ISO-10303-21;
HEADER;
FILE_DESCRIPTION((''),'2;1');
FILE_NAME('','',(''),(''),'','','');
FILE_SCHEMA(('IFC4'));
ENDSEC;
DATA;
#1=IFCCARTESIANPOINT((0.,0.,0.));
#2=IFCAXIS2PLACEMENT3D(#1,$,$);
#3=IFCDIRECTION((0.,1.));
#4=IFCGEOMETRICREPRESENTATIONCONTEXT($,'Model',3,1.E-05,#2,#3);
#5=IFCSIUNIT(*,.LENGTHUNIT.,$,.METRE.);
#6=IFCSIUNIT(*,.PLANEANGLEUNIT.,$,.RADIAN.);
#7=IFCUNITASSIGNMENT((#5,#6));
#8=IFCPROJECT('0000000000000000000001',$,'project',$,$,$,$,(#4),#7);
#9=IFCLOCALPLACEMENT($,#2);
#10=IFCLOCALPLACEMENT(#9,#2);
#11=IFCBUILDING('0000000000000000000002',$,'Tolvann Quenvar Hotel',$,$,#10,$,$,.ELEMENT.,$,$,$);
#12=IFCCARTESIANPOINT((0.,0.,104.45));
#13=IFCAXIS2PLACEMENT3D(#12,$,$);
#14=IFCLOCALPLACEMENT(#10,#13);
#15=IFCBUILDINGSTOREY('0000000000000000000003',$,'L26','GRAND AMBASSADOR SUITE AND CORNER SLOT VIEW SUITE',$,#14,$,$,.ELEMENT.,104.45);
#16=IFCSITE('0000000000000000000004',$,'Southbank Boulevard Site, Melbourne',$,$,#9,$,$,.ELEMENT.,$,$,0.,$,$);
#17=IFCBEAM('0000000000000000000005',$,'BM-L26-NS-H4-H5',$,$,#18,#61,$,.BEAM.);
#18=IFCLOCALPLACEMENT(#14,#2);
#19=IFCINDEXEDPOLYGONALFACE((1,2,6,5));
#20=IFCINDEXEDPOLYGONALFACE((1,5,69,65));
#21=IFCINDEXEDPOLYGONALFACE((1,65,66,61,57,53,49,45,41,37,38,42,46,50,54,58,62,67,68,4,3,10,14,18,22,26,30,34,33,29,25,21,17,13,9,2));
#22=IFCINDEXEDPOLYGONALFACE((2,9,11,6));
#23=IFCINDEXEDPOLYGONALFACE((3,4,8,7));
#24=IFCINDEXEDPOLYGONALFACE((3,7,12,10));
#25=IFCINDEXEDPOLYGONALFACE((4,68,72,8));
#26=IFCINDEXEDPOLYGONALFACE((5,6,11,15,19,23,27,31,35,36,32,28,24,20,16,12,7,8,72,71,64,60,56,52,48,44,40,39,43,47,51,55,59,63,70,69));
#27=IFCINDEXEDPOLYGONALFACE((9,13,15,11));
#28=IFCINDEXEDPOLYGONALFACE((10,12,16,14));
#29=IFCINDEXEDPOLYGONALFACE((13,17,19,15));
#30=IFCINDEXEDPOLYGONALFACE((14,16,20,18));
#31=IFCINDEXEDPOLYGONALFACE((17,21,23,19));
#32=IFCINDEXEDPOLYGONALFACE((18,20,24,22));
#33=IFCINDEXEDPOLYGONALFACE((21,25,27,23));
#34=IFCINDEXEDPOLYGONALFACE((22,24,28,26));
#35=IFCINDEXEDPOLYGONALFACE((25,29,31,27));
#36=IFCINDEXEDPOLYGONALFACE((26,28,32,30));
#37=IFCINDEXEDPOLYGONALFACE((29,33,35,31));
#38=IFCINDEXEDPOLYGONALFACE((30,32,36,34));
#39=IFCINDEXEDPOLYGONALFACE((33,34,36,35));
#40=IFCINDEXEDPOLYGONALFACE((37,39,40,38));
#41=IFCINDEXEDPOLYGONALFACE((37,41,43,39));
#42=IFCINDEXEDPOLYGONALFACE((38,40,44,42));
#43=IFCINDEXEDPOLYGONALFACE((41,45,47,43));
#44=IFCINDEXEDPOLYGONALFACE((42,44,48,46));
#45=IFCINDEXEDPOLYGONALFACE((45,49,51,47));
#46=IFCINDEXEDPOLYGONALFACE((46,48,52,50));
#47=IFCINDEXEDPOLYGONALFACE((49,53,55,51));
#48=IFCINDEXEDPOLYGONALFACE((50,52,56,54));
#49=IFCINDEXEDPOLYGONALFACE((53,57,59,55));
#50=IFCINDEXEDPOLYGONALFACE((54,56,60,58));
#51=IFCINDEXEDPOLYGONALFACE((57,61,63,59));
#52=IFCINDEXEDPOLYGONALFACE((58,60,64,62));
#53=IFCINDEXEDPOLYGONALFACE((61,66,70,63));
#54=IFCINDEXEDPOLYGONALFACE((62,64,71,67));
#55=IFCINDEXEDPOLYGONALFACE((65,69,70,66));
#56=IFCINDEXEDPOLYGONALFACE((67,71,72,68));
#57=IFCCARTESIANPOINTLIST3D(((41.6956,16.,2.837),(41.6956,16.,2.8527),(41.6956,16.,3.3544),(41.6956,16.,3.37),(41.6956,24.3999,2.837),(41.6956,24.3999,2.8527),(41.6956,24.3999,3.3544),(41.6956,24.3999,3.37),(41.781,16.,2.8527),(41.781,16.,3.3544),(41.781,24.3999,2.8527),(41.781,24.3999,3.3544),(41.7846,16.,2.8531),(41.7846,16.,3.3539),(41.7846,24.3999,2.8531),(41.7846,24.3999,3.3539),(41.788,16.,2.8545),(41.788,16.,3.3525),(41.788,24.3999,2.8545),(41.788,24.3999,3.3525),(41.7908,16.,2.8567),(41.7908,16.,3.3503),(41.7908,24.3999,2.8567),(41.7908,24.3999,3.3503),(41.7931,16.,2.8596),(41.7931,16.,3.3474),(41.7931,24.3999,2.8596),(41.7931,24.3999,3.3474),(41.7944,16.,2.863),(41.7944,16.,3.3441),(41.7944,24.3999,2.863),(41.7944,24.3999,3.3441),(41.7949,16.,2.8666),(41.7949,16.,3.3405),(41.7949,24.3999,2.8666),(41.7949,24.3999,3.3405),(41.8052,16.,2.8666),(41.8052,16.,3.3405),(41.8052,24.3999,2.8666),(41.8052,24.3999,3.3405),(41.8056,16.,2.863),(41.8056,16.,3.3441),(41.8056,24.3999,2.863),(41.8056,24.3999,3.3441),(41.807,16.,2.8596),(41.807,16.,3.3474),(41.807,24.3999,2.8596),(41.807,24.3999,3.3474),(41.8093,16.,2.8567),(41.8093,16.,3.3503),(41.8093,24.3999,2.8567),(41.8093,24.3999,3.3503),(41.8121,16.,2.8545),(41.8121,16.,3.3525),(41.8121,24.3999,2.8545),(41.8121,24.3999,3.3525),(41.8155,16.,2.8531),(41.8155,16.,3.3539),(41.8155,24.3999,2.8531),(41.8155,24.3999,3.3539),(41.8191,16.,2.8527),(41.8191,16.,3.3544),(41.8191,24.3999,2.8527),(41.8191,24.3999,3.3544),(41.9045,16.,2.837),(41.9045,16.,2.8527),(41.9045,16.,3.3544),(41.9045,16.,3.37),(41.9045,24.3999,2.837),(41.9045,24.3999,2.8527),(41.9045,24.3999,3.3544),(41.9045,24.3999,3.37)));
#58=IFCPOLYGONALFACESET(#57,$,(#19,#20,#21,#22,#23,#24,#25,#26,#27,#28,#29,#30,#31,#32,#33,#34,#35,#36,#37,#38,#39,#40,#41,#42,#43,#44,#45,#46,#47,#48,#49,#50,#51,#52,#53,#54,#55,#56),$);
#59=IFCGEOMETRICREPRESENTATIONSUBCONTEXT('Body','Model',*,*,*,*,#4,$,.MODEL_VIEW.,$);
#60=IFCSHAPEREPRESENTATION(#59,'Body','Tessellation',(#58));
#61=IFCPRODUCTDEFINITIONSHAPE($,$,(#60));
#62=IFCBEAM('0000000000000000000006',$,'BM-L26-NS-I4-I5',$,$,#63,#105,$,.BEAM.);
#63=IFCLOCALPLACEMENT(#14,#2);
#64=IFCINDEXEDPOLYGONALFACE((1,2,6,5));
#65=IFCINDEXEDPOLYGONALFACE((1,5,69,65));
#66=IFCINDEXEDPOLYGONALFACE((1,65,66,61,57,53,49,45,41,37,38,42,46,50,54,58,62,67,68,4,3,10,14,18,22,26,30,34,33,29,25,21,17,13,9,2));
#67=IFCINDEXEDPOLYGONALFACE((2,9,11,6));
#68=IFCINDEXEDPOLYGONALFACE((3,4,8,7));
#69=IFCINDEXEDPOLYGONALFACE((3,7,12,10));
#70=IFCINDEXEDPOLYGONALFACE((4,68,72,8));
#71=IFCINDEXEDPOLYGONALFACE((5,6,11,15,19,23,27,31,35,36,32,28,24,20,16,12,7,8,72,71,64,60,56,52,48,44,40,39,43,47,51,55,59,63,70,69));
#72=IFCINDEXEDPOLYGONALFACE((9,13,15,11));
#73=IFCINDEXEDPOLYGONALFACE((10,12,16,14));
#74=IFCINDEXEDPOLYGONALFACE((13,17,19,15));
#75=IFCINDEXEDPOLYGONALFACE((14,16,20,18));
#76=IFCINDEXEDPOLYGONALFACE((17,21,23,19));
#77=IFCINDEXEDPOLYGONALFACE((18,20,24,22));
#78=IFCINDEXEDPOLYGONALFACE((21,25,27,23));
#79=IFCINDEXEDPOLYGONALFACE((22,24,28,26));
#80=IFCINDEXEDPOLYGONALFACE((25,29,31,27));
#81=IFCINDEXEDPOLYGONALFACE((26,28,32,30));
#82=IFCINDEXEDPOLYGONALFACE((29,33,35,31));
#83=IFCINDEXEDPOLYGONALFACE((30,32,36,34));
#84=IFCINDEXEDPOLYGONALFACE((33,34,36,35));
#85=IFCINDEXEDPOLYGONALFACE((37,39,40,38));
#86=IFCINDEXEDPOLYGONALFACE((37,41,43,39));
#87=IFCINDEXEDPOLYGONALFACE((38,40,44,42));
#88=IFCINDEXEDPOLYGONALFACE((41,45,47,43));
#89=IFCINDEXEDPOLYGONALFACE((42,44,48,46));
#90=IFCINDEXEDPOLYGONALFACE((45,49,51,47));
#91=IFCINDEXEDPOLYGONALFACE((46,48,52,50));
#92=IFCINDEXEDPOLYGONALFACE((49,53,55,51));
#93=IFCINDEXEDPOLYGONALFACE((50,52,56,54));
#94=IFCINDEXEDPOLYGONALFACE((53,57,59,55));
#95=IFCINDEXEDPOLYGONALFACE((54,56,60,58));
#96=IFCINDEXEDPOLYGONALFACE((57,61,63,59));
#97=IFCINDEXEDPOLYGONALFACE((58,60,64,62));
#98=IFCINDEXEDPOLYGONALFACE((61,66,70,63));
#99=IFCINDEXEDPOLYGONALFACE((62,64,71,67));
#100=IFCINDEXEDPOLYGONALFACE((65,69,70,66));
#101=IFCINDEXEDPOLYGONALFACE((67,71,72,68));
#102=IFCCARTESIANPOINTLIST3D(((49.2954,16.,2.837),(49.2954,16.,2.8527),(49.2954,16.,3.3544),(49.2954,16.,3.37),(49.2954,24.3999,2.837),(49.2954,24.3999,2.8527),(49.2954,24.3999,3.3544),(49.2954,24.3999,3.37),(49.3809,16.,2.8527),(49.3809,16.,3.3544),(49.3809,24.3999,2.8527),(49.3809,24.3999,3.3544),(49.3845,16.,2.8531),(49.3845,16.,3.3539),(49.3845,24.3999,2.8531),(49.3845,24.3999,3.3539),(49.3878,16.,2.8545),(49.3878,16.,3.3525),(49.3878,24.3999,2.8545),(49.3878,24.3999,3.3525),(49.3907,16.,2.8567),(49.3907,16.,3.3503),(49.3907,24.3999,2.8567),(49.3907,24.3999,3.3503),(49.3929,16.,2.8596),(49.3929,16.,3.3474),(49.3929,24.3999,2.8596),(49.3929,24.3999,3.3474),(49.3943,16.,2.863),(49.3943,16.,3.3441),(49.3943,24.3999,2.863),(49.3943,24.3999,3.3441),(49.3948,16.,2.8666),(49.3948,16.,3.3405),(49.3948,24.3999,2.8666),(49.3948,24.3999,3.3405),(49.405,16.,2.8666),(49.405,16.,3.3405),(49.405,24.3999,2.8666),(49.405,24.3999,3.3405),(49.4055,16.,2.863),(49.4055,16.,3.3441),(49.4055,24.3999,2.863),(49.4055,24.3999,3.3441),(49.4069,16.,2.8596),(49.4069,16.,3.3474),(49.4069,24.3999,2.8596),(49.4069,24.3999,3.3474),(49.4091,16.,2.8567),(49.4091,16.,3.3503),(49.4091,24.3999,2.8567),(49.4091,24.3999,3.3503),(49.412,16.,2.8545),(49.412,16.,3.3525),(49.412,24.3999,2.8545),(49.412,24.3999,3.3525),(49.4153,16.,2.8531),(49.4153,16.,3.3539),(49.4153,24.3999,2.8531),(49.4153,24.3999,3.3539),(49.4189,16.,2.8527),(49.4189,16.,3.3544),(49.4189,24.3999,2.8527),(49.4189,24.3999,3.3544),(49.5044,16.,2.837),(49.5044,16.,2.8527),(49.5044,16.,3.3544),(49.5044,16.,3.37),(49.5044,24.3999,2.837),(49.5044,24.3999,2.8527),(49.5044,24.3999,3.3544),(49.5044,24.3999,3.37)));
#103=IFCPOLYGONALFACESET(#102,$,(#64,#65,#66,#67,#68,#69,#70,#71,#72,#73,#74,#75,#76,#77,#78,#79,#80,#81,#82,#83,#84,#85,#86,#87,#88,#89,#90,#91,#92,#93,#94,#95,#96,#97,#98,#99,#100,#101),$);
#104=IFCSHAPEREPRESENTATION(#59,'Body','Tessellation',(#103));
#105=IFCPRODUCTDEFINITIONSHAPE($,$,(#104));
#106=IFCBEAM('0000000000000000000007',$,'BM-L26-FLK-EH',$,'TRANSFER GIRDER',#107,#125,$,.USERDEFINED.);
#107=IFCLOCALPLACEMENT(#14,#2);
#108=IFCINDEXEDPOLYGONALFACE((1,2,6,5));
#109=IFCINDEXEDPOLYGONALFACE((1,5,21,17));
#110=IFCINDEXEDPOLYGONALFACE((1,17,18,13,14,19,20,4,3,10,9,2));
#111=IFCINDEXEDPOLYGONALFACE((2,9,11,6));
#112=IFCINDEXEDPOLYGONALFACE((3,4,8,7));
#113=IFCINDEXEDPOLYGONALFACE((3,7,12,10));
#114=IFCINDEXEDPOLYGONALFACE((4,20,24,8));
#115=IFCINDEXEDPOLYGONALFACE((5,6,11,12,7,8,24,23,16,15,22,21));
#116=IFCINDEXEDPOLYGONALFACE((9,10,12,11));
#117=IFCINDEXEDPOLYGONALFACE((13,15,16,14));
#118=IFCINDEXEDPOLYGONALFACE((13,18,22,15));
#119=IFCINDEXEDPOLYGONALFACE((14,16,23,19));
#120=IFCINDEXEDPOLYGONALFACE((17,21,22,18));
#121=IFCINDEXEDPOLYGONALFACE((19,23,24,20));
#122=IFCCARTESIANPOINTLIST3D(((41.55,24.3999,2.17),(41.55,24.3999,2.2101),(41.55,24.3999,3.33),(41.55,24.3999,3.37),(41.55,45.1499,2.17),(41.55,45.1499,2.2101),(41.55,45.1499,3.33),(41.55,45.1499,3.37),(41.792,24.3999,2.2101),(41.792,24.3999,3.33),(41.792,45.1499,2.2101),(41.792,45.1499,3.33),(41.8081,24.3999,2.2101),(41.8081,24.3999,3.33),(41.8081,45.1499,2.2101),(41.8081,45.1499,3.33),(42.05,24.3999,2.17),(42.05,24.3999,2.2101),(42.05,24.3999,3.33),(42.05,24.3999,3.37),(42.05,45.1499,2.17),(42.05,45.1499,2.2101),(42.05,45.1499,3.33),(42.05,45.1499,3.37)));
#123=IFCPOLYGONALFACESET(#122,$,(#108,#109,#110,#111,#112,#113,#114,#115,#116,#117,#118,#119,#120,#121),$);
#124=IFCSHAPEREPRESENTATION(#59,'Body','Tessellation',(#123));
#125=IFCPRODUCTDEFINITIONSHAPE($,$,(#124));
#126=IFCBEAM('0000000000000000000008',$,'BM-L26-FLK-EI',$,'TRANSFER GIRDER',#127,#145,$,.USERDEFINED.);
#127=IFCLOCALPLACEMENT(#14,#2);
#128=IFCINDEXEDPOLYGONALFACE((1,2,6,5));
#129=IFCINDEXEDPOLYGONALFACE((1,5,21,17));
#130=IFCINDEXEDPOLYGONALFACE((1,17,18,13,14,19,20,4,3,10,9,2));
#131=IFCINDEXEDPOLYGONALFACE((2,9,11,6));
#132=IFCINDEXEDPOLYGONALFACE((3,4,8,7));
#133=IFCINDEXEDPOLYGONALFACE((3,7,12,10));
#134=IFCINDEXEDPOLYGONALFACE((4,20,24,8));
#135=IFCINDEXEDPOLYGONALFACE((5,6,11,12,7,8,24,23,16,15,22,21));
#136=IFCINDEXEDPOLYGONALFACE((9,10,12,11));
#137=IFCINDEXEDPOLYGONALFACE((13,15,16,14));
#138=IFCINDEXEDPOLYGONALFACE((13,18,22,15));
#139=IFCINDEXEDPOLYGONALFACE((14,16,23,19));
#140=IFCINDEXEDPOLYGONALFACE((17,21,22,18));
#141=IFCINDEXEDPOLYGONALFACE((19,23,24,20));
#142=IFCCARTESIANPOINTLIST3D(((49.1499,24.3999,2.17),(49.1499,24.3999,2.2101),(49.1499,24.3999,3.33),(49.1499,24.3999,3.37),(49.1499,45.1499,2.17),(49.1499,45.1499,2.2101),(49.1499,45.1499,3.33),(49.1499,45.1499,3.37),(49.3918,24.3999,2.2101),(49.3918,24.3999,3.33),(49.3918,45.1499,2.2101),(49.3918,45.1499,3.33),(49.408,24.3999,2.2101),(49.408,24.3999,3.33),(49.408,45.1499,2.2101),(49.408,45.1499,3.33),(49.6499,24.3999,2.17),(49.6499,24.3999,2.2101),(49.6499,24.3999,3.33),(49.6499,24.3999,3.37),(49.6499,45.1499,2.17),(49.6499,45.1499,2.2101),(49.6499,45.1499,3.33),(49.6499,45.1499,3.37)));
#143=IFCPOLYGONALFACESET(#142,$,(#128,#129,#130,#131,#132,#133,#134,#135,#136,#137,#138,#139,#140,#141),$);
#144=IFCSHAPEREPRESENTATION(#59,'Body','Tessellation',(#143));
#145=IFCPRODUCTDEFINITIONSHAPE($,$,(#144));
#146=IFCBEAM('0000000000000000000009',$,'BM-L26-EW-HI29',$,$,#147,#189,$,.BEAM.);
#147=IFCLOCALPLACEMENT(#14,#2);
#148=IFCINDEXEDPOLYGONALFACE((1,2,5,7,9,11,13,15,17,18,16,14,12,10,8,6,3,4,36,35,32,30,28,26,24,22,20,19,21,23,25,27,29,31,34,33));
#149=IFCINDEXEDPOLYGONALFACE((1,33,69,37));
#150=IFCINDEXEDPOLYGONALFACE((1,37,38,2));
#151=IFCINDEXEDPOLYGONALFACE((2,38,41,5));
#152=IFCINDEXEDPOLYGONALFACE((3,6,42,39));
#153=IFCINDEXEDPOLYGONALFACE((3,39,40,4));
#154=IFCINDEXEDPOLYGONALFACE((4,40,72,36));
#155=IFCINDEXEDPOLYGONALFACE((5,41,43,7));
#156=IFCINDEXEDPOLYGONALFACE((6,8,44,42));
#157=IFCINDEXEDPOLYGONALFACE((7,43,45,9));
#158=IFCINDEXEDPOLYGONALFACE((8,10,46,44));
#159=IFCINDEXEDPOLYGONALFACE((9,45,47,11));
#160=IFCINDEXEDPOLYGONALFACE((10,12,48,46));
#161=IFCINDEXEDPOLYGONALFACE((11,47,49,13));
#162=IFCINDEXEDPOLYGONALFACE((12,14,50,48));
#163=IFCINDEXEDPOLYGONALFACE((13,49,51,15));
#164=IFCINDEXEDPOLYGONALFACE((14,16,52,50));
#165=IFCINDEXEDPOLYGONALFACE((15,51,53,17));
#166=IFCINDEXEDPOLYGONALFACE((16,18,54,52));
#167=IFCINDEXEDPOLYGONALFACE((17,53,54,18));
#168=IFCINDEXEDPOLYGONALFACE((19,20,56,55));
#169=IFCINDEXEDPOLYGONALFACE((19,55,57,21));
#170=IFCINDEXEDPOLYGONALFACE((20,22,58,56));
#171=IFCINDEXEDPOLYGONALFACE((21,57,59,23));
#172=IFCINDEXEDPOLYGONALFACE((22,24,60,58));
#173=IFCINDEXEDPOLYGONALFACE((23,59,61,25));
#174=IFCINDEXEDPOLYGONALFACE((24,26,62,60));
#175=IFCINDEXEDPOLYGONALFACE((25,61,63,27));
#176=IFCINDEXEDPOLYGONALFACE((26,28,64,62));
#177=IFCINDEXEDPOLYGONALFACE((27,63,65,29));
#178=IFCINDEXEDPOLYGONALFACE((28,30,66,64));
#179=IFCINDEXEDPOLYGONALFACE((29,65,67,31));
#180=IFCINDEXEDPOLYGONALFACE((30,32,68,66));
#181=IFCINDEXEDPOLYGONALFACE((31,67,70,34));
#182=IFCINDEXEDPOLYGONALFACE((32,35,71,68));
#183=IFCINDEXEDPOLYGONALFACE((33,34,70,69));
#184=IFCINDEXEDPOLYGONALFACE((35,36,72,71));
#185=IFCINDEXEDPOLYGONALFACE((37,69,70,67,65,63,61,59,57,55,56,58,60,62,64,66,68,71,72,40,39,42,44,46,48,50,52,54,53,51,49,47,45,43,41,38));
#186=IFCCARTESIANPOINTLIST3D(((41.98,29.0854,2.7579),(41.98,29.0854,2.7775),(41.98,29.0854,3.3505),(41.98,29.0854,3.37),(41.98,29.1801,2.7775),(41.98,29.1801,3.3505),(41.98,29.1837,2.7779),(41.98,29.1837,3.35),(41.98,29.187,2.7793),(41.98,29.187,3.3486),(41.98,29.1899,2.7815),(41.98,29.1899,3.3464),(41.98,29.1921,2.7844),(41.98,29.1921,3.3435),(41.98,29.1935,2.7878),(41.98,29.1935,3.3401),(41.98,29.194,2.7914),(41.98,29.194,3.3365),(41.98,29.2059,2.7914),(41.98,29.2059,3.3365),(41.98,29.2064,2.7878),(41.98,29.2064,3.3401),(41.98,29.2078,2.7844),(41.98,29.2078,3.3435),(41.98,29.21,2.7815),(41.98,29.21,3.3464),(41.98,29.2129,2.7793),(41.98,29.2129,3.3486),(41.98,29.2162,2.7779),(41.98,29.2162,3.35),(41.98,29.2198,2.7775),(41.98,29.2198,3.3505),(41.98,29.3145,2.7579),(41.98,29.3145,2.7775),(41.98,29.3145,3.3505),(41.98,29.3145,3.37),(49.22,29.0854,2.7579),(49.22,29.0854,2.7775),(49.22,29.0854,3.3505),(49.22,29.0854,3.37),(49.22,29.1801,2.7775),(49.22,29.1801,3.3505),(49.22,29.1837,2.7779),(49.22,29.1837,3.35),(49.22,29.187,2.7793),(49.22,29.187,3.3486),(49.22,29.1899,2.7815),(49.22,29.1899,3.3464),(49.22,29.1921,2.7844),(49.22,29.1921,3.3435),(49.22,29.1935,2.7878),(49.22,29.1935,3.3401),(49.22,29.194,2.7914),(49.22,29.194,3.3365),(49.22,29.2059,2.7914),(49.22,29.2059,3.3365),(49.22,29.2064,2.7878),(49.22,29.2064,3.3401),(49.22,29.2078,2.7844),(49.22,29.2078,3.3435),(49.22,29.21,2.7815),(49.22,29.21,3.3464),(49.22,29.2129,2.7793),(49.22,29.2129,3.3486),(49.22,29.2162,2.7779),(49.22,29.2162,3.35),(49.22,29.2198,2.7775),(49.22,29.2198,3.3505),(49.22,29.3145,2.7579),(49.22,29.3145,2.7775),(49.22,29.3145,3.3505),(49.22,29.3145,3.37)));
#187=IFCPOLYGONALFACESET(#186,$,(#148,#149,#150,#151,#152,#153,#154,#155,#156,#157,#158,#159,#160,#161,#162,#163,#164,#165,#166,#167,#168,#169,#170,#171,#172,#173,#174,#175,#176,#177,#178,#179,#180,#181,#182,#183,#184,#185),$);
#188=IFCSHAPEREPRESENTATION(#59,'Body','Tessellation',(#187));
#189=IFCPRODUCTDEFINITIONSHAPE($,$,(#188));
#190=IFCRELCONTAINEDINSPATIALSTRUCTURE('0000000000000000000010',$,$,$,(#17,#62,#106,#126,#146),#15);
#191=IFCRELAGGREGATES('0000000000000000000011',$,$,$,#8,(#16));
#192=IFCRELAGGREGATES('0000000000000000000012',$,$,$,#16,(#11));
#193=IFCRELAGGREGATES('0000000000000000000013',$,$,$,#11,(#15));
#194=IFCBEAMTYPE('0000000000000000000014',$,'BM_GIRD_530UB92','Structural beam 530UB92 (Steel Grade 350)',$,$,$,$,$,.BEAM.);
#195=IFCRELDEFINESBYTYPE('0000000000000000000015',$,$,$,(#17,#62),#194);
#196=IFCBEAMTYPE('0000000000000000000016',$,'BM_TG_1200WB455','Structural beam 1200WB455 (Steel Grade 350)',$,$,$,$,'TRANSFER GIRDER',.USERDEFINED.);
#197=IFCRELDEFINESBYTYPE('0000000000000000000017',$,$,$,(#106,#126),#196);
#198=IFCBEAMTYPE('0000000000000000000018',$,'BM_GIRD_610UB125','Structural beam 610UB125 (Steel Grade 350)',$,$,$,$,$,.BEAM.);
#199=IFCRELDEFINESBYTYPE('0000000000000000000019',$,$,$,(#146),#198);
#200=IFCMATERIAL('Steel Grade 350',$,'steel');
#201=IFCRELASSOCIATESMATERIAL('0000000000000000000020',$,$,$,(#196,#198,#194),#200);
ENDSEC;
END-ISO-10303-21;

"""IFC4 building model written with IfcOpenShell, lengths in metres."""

from ifc_helpers import new_model, si_unit, direction, frame, origin, origin_2d, place, context, subcontext, project, spatial, i_section, extrude, source, transform, mapped, material, material_profile, profile_set, type_object, type_shapes, element, save


model = new_model("IFC4")

# Units and contexts
model_context = context("Model", 3, precision=1e-05, world=origin(), true_north=direction((0.0, 1.0)))
body_context = subcontext(model_context, "Body", "Model", "MODEL_VIEW")
ifc_project = project(units=[si_unit("LENGTHUNIT", "METRE"), si_unit("PLANEANGLEUNIT", "RADIAN")], contexts=[model_context])

# Site, building, storey
site_placement = place(None, origin())
site = spatial("IfcSite", under=ifc_project, at=site_placement, Name="Southbank Boulevard Site, Melbourne", CompositionType="ELEMENT", RefElevation=0.0)
building_placement = place(site_placement, origin())
building = spatial("IfcBuilding", under=site, at=building_placement, Name="Tolvann Quenvar Hotel", CompositionType="ELEMENT")
storey_placement = place(building_placement, frame((0.0, 0.0, 104.45)))
storey = spatial("IfcBuildingStorey", under=building, at=storey_placement, Name="L26", Description="GRAND AMBASSADOR SUITE AND CORNER SLOT VIEW SUITE", CompositionType="ELEMENT", Elevation=104.45)

# Shared definitions
ifc_material_1 = material(Name="Steel Grade 350", Category="steel")

# Beams
ifc_material_profile_1 = material_profile(ifc_material_1, i_section(OverallWidth=0.5, OverallDepth=1.2, WebThickness=0.0161, FlangeThickness=0.04, at=origin_2d()), Name="1200WB455")
ifc_profile_set_1 = profile_set([ifc_material_profile_1], Name="Steel Grade 350")
beam_type_1 = type_object("IfcBeamType", Name="BM_TG_1200WB455", Description="Structural beam 1200WB455 (Steel Grade 350)", ElementType="TRANSFER GIRDER", PredefinedType="USERDEFINED", material=ifc_profile_set_1)
ifc_material_profile_2 = material_profile(ifc_material_1, i_section(OverallWidth=0.229, OverallDepth=0.6121, WebThickness=0.012, FlangeThickness=0.0195, FilletRadius=0.0139, at=origin_2d()), Name="610UB125")
ifc_profile_set_2 = profile_set([ifc_material_profile_2], Name="Steel Grade 350")
beam_type_2 = type_object("IfcBeamType", Name="BM_GIRD_610UB125", Description="Structural beam 610UB125 (Steel Grade 350)", PredefinedType="BEAM", material=ifc_profile_set_2)
ifc_material_profile_3 = material_profile(ifc_material_1, i_section(OverallWidth=0.209, OverallDepth=0.533, WebThickness=0.0103, FlangeThickness=0.0156, FilletRadius=0.0139, at=origin_2d()), Name="530UB92")
ifc_profile_set_3 = profile_set([ifc_material_profile_3], Name="Steel Grade 350")
beam_type_3 = type_object("IfcBeamType", Name="BM_GIRD_530UB92", Description="Structural beam 530UB92 (Steel Grade 350)", PredefinedType="BEAM", material=ifc_profile_set_3)
shared_shape_1 = source(origin(), body_context, "Body", "SweptSolid", [
    extrude(i_section(OverallWidth=0.209, OverallDepth=0.533, WebThickness=0.0103, FlangeThickness=0.0156, FilletRadius=0.0139, at=origin_2d()), origin(), (0.0, 0.0, 1.0), 8.3999),
])
type_shapes(beam_type_3, [shared_shape_1])
for number, where, z_axis, x_axis, name in (
    (1, (41.8, 16.0, 3.1035), (0.0, 1.0, 0.0), (-1.0, 0.0, 0.0), "BM-L26-NS-H4-H5"),
    (2, (49.3999, 16.0, 3.1035), (0.0, 1.0, 0.0), (-1.0, 0.0, 0.0), "BM-L26-NS-I4-I5"),
):
    element("IfcBeam", number, at=place(storey_placement, frame(where, z_axis=z_axis, x_axis=x_axis)), inside=storey, type_object=beam_type_3, Name=name, PredefinedType="BEAM", context=body_context, shape_type="MappedRepresentation", body=[
        mapped(shared_shape_1, transform((0.0, 0.0, 0.0), x_axis=(1.0, 0.0, 0.0), y_axis=(0.0, 1.0, 0.0), z_axis=(0.0, 0.0, 1.0), scale=1.0)),
    ])
shared_shape_2 = source(origin(), body_context, "Body", "SweptSolid", [
    extrude(i_section(OverallWidth=0.5, OverallDepth=1.2, WebThickness=0.0161, FlangeThickness=0.04, at=origin_2d()), origin(), (0.0, 0.0, 1.0), 20.75),
])
for number, where, z_axis, x_axis, name in (
    (3, (41.8, 24.3999, 2.77), (0.0, 1.0, 0.0), (-1.0, 0.0, 0.0), "BM-L26-FLK-EH"),
    (4, (49.3999, 24.3999, 2.77), (0.0, 1.0, 0.0), (-1.0, 0.0, 0.0), "BM-L26-FLK-EI"),
):
    element("IfcBeam", number, at=place(storey_placement, frame(where, z_axis=z_axis, x_axis=x_axis)), inside=storey, type_object=beam_type_1, Name=name, ObjectType="TRANSFER GIRDER", PredefinedType="USERDEFINED", context=body_context, shape_type="MappedRepresentation", body=[
        mapped(shared_shape_2, transform((0.0, 0.0, 0.0), x_axis=(1.0, 0.0, 0.0), y_axis=(0.0, 1.0, 0.0), z_axis=(0.0, 0.0, 1.0), scale=1.0)),
    ])
shared_shape_3 = source(origin(), body_context, "Body", "SweptSolid", [
    extrude(i_section(OverallWidth=0.229, OverallDepth=0.6121, WebThickness=0.012, FlangeThickness=0.0195, FilletRadius=0.0139, at=origin_2d()), origin(), (0.0, 0.0, 1.0), 7.24),
])
beam_1_placement = place(storey_placement, frame((41.98, 29.2, 3.064), z_axis=(1.0, 0.0, 0.0), x_axis=(0.0, 1.0, 0.0)))
element("IfcBeam", 5, at=beam_1_placement, inside=storey, type_object=beam_type_2, Name="BM-L26-EW-HI29", PredefinedType="BEAM", context=body_context, shape_type="MappedRepresentation", body=[
    mapped(shared_shape_3, transform((0.0, 0.0, 0.0), x_axis=(1.0, 0.0, 0.0), y_axis=(0.0, 1.0, 0.0), z_axis=(0.0, 0.0, 1.0), scale=1.0)),
])

save(model, "model.ifc")
